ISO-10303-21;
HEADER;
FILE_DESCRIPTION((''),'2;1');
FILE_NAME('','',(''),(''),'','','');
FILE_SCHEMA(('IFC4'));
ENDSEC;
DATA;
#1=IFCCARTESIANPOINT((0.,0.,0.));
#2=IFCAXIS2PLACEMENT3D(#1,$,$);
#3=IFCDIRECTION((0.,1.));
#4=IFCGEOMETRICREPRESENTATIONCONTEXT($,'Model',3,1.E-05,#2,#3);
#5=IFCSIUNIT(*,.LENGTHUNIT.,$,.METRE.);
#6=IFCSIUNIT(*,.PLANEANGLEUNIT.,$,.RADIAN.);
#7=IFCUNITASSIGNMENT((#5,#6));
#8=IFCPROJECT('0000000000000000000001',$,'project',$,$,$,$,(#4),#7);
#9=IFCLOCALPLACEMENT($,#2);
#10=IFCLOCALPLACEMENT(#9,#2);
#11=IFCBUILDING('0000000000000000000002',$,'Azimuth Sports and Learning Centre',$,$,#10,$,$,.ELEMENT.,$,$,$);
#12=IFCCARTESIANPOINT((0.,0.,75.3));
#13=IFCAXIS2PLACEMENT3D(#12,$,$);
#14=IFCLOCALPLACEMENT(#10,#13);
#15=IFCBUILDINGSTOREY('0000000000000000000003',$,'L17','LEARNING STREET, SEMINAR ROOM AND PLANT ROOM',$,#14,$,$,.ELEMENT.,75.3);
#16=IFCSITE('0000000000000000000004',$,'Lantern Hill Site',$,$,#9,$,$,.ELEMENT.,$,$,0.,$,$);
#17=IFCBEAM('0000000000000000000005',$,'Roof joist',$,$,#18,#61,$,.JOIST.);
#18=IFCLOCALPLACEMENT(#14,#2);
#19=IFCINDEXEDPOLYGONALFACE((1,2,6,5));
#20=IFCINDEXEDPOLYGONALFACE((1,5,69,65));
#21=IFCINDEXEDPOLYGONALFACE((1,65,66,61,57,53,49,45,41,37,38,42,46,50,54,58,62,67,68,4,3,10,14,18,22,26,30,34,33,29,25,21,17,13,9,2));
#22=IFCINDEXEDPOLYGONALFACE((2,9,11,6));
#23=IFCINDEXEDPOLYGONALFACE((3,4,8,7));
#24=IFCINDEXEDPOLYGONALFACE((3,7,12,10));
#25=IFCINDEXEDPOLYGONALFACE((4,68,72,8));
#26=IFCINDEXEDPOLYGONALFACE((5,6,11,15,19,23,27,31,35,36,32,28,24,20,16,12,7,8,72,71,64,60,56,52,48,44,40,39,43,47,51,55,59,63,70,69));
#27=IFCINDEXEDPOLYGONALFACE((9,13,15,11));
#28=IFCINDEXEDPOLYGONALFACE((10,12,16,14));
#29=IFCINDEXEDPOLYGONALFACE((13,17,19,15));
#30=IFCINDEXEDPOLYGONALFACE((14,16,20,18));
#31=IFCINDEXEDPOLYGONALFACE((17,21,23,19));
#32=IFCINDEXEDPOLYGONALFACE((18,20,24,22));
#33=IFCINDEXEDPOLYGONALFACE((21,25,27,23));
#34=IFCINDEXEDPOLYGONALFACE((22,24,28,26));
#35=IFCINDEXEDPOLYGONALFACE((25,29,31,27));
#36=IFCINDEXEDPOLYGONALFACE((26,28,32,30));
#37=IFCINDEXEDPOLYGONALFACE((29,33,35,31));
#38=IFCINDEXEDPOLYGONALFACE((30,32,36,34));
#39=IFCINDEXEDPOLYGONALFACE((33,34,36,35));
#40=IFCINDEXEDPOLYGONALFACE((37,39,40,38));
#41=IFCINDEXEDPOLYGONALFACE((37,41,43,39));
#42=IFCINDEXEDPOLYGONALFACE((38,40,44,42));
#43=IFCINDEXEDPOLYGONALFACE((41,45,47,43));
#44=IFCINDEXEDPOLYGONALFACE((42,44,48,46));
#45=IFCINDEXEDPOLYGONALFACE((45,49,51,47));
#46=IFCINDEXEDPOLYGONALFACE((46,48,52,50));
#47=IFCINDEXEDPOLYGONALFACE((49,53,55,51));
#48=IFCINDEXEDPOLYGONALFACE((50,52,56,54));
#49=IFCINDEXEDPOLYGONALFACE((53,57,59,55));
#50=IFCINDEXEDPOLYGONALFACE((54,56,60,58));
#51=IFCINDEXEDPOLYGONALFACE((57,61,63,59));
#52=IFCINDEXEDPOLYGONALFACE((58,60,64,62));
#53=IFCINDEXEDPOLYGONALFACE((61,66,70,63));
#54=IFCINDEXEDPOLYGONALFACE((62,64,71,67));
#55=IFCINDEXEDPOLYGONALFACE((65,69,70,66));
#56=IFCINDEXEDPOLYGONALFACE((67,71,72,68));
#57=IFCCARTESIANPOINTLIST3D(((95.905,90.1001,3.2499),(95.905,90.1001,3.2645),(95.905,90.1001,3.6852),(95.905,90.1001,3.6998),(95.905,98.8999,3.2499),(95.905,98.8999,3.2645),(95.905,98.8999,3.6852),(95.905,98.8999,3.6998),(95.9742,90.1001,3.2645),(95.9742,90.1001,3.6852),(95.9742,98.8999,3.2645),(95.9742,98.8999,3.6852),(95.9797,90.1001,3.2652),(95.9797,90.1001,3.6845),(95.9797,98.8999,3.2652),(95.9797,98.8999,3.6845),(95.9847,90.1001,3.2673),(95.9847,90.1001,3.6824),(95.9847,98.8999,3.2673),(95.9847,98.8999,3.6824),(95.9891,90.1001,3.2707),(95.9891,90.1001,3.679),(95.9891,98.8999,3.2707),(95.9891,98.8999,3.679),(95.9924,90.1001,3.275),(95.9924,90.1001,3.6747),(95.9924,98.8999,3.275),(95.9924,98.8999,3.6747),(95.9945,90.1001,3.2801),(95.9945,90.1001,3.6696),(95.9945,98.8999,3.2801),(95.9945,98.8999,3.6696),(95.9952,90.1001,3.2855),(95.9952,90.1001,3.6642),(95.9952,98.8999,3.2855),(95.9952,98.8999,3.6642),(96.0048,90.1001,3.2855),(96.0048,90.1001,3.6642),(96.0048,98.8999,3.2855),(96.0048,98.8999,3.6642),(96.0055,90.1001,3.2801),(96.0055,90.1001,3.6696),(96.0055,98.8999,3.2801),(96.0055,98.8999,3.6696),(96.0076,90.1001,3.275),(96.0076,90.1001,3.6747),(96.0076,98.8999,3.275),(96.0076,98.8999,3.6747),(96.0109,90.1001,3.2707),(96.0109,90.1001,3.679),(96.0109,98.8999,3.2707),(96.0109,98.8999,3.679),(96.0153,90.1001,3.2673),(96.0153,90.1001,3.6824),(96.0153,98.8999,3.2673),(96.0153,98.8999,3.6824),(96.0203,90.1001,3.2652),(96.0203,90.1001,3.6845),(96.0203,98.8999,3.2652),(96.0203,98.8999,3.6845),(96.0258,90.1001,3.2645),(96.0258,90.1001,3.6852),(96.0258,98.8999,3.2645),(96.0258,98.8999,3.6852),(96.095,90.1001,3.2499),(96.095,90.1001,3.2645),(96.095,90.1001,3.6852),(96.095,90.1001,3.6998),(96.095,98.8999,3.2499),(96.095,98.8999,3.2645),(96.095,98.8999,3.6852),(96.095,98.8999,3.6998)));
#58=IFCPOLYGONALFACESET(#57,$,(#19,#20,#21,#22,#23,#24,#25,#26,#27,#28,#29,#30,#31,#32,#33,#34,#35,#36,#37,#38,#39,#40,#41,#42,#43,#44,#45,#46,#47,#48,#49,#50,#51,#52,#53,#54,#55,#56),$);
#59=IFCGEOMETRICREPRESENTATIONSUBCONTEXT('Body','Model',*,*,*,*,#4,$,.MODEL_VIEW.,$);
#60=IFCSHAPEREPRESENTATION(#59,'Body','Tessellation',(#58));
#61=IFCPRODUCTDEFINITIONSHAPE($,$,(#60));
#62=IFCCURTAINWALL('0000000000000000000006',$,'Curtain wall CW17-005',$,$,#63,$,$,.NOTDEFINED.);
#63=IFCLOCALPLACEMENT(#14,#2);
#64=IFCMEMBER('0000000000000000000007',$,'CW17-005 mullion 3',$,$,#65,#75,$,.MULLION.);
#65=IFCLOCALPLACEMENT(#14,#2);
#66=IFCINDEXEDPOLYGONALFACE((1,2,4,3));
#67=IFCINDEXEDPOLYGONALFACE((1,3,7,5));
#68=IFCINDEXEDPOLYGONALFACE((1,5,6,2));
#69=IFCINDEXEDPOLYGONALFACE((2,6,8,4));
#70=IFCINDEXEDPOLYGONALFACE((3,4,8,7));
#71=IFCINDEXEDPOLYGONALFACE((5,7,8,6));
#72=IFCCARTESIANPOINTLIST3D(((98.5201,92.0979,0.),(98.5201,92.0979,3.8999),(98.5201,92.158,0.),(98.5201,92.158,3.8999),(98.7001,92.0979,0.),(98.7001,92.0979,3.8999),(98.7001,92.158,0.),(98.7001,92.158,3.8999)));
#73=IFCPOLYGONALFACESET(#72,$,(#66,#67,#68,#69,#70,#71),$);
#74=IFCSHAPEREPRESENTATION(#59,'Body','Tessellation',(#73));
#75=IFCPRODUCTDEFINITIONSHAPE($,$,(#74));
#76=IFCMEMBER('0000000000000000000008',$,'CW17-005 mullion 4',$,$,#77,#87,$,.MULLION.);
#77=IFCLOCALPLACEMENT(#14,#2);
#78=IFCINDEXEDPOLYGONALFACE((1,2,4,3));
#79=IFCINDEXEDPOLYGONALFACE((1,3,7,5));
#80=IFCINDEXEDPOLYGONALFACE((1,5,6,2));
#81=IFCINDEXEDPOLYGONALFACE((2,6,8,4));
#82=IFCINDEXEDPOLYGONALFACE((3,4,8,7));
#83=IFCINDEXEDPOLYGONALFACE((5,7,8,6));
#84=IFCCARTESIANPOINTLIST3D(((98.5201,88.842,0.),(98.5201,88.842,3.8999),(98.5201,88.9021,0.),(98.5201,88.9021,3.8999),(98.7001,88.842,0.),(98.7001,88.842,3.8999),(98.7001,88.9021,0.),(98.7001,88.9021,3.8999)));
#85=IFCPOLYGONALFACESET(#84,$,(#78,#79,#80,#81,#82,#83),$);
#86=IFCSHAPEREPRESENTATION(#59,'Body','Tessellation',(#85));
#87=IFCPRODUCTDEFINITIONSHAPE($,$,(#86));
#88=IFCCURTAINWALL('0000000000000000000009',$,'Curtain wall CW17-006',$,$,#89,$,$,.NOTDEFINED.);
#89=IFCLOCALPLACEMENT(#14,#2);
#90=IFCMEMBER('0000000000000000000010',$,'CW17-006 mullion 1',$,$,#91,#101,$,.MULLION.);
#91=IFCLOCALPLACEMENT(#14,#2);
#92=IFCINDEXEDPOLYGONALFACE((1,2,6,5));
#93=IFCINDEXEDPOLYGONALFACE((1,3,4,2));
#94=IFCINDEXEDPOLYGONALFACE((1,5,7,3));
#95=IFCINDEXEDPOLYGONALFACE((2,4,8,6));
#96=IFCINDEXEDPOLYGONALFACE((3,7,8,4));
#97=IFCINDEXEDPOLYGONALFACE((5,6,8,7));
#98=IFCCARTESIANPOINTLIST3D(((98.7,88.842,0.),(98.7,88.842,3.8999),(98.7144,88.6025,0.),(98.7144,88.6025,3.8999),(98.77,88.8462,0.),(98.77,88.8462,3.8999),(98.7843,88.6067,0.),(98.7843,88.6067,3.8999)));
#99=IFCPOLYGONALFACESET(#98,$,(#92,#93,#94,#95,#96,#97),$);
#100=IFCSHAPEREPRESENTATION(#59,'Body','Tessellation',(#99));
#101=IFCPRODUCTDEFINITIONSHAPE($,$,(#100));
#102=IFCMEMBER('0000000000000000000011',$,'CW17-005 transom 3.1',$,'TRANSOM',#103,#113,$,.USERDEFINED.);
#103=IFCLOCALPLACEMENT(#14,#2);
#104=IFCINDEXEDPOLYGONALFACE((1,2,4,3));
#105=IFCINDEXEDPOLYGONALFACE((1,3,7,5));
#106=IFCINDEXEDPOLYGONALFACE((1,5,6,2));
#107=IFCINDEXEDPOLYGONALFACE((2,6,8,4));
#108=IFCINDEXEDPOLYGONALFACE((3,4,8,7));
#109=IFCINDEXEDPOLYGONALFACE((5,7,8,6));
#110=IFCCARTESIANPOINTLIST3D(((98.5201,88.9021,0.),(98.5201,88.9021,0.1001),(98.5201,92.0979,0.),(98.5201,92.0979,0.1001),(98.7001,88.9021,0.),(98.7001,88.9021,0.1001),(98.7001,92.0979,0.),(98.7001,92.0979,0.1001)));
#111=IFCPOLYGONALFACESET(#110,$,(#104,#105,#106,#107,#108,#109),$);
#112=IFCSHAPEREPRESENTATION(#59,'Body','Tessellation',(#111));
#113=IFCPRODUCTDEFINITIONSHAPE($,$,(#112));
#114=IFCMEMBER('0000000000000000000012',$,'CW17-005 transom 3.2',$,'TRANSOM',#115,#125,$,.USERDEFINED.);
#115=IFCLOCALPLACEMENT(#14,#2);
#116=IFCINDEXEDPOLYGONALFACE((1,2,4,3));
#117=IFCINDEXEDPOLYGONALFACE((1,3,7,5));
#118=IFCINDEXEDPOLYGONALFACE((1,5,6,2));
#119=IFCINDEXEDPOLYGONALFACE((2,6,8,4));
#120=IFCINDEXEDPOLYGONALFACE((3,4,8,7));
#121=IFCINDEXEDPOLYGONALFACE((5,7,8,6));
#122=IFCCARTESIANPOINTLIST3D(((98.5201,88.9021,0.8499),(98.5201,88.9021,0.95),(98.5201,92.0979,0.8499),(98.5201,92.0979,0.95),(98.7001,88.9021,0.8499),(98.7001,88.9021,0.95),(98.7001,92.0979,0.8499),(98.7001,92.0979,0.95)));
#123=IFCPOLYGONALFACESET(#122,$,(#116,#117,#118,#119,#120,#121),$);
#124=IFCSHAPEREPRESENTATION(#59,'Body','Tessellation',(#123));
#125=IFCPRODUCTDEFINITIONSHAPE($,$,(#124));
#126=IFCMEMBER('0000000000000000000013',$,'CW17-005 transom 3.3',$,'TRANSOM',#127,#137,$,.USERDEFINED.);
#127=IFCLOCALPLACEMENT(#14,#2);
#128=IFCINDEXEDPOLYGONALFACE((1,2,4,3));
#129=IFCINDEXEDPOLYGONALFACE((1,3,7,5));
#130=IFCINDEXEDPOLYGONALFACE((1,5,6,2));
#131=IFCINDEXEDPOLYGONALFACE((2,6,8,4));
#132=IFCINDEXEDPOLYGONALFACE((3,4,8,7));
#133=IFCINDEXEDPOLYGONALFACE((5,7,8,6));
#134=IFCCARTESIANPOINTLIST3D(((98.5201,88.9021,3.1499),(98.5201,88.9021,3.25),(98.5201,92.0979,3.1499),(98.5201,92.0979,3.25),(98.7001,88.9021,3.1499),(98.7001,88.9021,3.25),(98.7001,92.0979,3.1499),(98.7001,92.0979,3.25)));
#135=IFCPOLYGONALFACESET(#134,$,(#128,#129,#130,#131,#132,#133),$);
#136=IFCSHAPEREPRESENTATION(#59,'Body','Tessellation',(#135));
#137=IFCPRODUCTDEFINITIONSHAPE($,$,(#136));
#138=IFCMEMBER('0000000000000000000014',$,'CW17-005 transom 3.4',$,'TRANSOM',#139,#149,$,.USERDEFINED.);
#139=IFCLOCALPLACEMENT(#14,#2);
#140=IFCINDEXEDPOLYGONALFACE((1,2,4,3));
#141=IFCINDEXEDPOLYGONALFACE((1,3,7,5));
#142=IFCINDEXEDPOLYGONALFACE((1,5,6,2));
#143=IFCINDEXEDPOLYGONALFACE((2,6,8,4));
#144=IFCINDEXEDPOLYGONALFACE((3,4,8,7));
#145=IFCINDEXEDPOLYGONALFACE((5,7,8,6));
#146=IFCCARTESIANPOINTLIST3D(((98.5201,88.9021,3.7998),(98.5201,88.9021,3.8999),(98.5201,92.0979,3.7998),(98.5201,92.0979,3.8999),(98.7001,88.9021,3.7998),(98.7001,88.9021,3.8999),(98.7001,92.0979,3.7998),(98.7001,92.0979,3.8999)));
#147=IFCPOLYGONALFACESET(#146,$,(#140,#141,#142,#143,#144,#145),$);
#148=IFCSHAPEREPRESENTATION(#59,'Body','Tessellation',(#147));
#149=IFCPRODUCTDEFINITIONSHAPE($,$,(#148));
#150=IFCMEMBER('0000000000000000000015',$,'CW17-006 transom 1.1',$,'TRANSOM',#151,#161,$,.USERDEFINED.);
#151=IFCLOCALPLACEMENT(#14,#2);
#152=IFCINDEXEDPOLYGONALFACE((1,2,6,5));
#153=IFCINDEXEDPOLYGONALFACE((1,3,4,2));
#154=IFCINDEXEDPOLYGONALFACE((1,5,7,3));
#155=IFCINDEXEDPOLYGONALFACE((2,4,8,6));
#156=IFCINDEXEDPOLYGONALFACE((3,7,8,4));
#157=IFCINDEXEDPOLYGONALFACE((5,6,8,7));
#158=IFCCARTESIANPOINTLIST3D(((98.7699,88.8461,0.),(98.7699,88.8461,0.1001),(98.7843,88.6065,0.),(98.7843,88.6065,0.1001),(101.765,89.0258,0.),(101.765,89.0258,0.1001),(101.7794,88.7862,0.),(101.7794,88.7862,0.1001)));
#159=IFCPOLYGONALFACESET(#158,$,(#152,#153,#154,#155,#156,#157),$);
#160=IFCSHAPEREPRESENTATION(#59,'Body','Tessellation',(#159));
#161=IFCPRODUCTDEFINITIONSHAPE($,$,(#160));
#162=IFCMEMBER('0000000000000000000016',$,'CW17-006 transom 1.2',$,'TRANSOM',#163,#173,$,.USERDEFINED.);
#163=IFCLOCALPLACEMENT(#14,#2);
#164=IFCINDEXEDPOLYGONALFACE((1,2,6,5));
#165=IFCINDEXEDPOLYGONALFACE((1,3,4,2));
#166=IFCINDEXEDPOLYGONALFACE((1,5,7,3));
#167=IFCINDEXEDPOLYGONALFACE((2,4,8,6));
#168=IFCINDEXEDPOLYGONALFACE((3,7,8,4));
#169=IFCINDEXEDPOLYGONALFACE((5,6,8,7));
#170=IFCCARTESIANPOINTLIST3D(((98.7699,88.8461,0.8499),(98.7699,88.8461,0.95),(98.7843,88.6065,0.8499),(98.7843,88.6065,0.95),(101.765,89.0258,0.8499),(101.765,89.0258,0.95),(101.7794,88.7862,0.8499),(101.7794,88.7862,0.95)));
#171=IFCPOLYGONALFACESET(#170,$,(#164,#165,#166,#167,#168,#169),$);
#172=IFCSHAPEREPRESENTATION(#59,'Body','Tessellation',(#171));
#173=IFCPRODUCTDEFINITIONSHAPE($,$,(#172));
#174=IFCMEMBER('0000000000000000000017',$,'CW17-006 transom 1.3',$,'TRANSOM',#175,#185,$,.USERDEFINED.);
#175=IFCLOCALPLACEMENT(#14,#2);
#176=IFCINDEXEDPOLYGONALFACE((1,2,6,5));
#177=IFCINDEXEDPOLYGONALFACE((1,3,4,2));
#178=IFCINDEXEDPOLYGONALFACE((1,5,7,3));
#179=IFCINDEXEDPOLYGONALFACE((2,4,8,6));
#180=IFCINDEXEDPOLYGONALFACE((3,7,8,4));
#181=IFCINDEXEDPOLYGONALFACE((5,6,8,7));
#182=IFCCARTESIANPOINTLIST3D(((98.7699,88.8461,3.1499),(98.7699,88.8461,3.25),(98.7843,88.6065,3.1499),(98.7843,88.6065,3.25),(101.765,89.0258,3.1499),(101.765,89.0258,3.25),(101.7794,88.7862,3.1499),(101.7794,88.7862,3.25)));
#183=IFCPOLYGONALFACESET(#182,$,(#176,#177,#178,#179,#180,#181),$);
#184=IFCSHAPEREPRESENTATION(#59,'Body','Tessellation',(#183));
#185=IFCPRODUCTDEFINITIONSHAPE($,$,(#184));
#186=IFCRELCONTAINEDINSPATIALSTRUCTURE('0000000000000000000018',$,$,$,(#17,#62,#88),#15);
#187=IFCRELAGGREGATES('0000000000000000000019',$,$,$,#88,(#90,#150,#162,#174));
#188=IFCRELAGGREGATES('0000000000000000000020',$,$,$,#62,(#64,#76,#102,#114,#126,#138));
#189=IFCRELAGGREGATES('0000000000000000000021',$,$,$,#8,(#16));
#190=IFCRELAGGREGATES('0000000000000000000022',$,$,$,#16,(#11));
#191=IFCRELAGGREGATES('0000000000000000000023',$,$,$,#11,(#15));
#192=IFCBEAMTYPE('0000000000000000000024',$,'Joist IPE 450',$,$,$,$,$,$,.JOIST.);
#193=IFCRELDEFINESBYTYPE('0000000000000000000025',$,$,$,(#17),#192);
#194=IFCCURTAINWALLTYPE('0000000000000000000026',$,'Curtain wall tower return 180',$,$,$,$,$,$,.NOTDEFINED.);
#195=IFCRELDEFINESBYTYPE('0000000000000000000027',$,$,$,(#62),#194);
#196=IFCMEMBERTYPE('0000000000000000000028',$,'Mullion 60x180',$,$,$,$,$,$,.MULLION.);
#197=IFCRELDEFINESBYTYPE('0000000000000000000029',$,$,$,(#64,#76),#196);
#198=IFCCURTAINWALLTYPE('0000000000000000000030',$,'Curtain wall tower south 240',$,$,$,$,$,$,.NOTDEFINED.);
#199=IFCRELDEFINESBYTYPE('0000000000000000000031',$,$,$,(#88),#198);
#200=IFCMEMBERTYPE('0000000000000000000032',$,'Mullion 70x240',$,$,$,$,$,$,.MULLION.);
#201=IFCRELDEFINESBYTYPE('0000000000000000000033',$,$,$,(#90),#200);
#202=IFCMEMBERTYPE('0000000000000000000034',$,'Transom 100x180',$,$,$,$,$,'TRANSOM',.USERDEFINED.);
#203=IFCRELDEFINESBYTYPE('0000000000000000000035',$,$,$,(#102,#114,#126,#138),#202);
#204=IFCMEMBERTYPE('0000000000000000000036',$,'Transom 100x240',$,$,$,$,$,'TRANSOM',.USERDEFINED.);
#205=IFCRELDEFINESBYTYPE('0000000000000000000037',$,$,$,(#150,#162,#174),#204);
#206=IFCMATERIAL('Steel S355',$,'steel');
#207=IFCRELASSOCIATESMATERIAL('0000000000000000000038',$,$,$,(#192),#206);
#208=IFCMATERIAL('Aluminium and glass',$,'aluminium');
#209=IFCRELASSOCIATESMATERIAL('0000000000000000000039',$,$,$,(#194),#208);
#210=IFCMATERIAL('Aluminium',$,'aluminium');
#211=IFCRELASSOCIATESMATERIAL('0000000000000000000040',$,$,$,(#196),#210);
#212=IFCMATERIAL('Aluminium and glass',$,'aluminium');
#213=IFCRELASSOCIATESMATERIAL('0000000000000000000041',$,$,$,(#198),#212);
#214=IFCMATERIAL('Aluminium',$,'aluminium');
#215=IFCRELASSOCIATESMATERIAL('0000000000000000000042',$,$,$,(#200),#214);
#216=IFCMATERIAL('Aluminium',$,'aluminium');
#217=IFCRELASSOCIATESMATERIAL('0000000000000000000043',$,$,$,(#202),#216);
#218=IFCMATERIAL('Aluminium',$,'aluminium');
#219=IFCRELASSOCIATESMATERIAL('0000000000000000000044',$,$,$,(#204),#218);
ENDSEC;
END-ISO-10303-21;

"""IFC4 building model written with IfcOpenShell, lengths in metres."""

from ifc_helpers import new_model, si_unit, direction, frame, origin, origin_2d, place, context, subcontext, project, spatial, rectangle, i_section, extrude, material, material_profile, profile_set, type_object, element, aggregate, save


model = new_model("IFC4")

# Units and contexts
model_context = context("Model", 3, precision=1e-05, world=origin(), true_north=direction((0.0, 1.0)))
body_context = subcontext(model_context, "Body", "Model", "MODEL_VIEW")
ifc_project = project(units=[si_unit("LENGTHUNIT", "METRE"), si_unit("PLANEANGLEUNIT", "RADIAN")], contexts=[model_context])

# Site, building, storey
site_placement = place(None, origin())
site = spatial("IfcSite", under=ifc_project, at=site_placement, Name="Lantern Hill Site", CompositionType="ELEMENT", RefElevation=0.0)
building_placement = place(site_placement, origin())
building = spatial("IfcBuilding", under=site, at=building_placement, Name="Azimuth Sports and Learning Centre", CompositionType="ELEMENT")
storey_placement = place(building_placement, frame((0.0, 0.0, 75.3)))
storey = spatial("IfcBuildingStorey", under=building, at=storey_placement, Name="L17", Description="LEARNING STREET, SEMINAR ROOM AND PLANT ROOM", CompositionType="ELEMENT", Elevation=75.3)

# Beam
ifc_material_1 = material(Name="Steel S355", Category="steel")
ifc_material_profile_1 = material_profile(ifc_material_1, i_section(OverallWidth=0.1899, OverallDepth=0.45, WebThickness=0.0095, FlangeThickness=0.0146, FilletRadius=0.021, at=origin_2d()), Name="IPE 450")
ifc_profile_set_1 = profile_set([ifc_material_profile_1], Name="Steel S355")
beam_type_1 = type_object("IfcBeamType", Name="Joist IPE 450", PredefinedType="JOIST", material=ifc_profile_set_1)
beam_1_placement = place(storey_placement, frame((96.0, 90.1001, 3.4749), z_axis=(0.0, 1.0, 0.0), x_axis=(-1.0, 0.0, 0.0)))
element("IfcBeam", 1, at=beam_1_placement, inside=storey, type_object=beam_type_1, Name="Roof joist", PredefinedType="JOIST", context=body_context, shape_type="SweptSolid", body=[
    extrude(i_section(OverallWidth=0.1899, OverallDepth=0.45, WebThickness=0.0095, FlangeThickness=0.0146, FilletRadius=0.021, at=origin_2d()), origin(), (0.0, 0.0, 1.0), 8.7998),
])

# Curtain wall, members
ifc_material_2 = material(Name="Aluminium and glass", Category="aluminium")
curtain_wall_type_1 = type_object("IfcCurtainWallType", Name="Curtain wall tower return 180", PredefinedType="NOTDEFINED", material=ifc_material_2)
curtain_wall_1_placement = place(storey_placement, origin())
curtain_wall_1 = element("IfcCurtainWall", 2, at=curtain_wall_1_placement, inside=storey, type_object=curtain_wall_type_1, Name="Curtain wall CW17-005", PredefinedType="NOTDEFINED")
ifc_material_3 = material(Name="Aluminium", Category="aluminium")
ifc_material_profile_2 = material_profile(ifc_material_3, rectangle(XDim=0.1799, YDim=0.0601, at=origin_2d()), Name="Mullion 60x180")
ifc_profile_set_2 = profile_set([ifc_material_profile_2], Name="Aluminium")
member_type_1 = type_object("IfcMemberType", Name="Mullion 60x180", PredefinedType="MULLION", material=ifc_profile_set_2)
member_1_placement = place(storey_placement, frame((98.6101, 92.1279, 0.0), z_axis=(0.0, 0.0, 1.0), x_axis=(1.0, 0.0, 0.0)))
member_1 = element("IfcMember", 3, at=member_1_placement, type_object=member_type_1, Name="CW17-005 mullion 3", PredefinedType="MULLION", context=body_context, shape_type="SweptSolid", body=[
    extrude(rectangle(XDim=0.1799, YDim=0.0601, at=origin_2d()), origin(), (0.0, 0.0, 1.0), 3.8999),
])
member_2_placement = place(storey_placement, frame((98.6101, 88.8721, 0.0), z_axis=(0.0, 0.0, 1.0), x_axis=(1.0, 0.0, 0.0)))
member_2 = element("IfcMember", 4, at=member_2_placement, type_object=member_type_1, Name="CW17-005 mullion 4", PredefinedType="MULLION", context=body_context, shape_type="SweptSolid", body=[
    extrude(rectangle(XDim=0.1799, YDim=0.0601, at=origin_2d()), origin(), (0.0, 0.0, 1.0), 3.8999),
])

# Curtain wall, member
ifc_material_4 = material(Name="Aluminium and glass", Category="aluminium")
curtain_wall_type_2 = type_object("IfcCurtainWallType", Name="Curtain wall tower south 240", PredefinedType="NOTDEFINED", material=ifc_material_4)
curtain_wall_2_placement = place(storey_placement, origin())
curtain_wall_2 = element("IfcCurtainWall", 5, at=curtain_wall_2_placement, inside=storey, type_object=curtain_wall_type_2, Name="Curtain wall CW17-006", PredefinedType="NOTDEFINED")
ifc_material_5 = material(Name="Aluminium", Category="aluminium")
ifc_material_profile_3 = material_profile(ifc_material_5, rectangle(XDim=0.24, YDim=0.0701, at=origin_2d()), Name="Mullion 70x240")
ifc_profile_set_3 = profile_set([ifc_material_profile_3], Name="Aluminium")
member_type_2 = type_object("IfcMemberType", Name="Mullion 70x240", PredefinedType="MULLION", material=ifc_profile_set_3)
member_3_placement = place(storey_placement, frame((98.7422, 88.7244, 0.0), z_axis=(0.0, 0.0, 1.0), x_axis=(-0.059892, 0.998205, 0.0)))
member_3 = element("IfcMember", 6, at=member_3_placement, type_object=member_type_2, Name="CW17-006 mullion 1", PredefinedType="MULLION", context=body_context, shape_type="SweptSolid", body=[
    extrude(rectangle(XDim=0.24, YDim=0.0701, at=origin_2d()), origin(), (0.0, 0.0, 1.0), 3.8999),
])

# Members
ifc_material_6 = material(Name="Aluminium", Category="aluminium")
ifc_material_profile_4 = material_profile(ifc_material_6, rectangle(XDim=0.1799, YDim=0.1001, at=origin_2d()), Name="Transom 100x180")
ifc_profile_set_4 = profile_set([ifc_material_profile_4], Name="Aluminium")
member_type_3 = type_object("IfcMemberType", Name="Transom 100x180", ElementType="TRANSOM", PredefinedType="USERDEFINED", material=ifc_profile_set_4)
member_4_placement = place(storey_placement, frame((98.6101, 92.0979, 0.05), z_axis=(0.0, -1.0, 0.0), x_axis=(1.0, 0.0, 0.0)))
member_4 = element("IfcMember", 7, at=member_4_placement, type_object=member_type_3, Name="CW17-005 transom 3.1", ObjectType="TRANSOM", PredefinedType="USERDEFINED", context=body_context, shape_type="SweptSolid", body=[
    extrude(rectangle(XDim=0.1799, YDim=0.1001, at=origin_2d()), origin(), (0.0, 0.0, 1.0), 3.1958),
])
member_5_placement = place(storey_placement, frame((98.6101, 92.0979, 0.8999), z_axis=(0.0, -1.0, 0.0), x_axis=(1.0, 0.0, 0.0)))
member_5 = element("IfcMember", 8, at=member_5_placement, type_object=member_type_3, Name="CW17-005 transom 3.2", ObjectType="TRANSOM", PredefinedType="USERDEFINED", context=body_context, shape_type="SweptSolid", body=[
    extrude(rectangle(XDim=0.1799, YDim=0.1001, at=origin_2d()), origin(), (0.0, 0.0, 1.0), 3.1958),
])
member_6_placement = place(storey_placement, frame((98.6101, 92.0979, 3.2), z_axis=(0.0, -1.0, 0.0), x_axis=(1.0, 0.0, 0.0)))
member_6 = element("IfcMember", 9, at=member_6_placement, type_object=member_type_3, Name="CW17-005 transom 3.3", ObjectType="TRANSOM", PredefinedType="USERDEFINED", context=body_context, shape_type="SweptSolid", body=[
    extrude(rectangle(XDim=0.1799, YDim=0.1001, at=origin_2d()), origin(), (0.0, 0.0, 1.0), 3.1958),
])
member_7_placement = place(storey_placement, frame((98.6101, 92.0979, 3.8499), z_axis=(0.0, -1.0, 0.0), x_axis=(1.0, 0.0, 0.0)))
member_7 = element("IfcMember", 10, at=member_7_placement, type_object=member_type_3, Name="CW17-005 transom 3.4", ObjectType="TRANSOM", PredefinedType="USERDEFINED", context=body_context, shape_type="SweptSolid", body=[
    extrude(rectangle(XDim=0.1799, YDim=0.1001, at=origin_2d()), origin(), (0.0, 0.0, 1.0), 3.1958),
])
ifc_material_7 = material(Name="Aluminium", Category="aluminium")
ifc_material_profile_5 = material_profile(ifc_material_7, rectangle(XDim=0.24, YDim=0.1001, at=origin_2d()), Name="Transom 100x240")
ifc_profile_set_5 = profile_set([ifc_material_profile_5], Name="Aluminium")
member_type_4 = type_object("IfcMemberType", Name="Transom 100x240", ElementType="TRANSOM", PredefinedType="USERDEFINED", material=ifc_profile_set_5)
member_8_placement = place(storey_placement, frame((98.7771, 88.7263, 0.05), z_axis=(0.998205, 0.059886, 0.0), x_axis=(-0.059886, 0.998205, 0.0)))
member_8 = element("IfcMember", 11, at=member_8_placement, type_object=member_type_4, Name="CW17-006 transom 1.1", ObjectType="TRANSOM", PredefinedType="USERDEFINED", context=body_context, shape_type="SweptSolid", body=[
    extrude(rectangle(XDim=0.24, YDim=0.1001, at=origin_2d()), origin(), (0.0, 0.0, 1.0), 3.0005),
])
member_9_placement = place(storey_placement, frame((98.7771, 88.7263, 0.8999), z_axis=(0.998205, 0.059886, 0.0), x_axis=(-0.059886, 0.998205, 0.0)))
member_9 = element("IfcMember", 12, at=member_9_placement, type_object=member_type_4, Name="CW17-006 transom 1.2", ObjectType="TRANSOM", PredefinedType="USERDEFINED", context=body_context, shape_type="SweptSolid", body=[
    extrude(rectangle(XDim=0.24, YDim=0.1001, at=origin_2d()), origin(), (0.0, 0.0, 1.0), 3.0005),
])
member_10_placement = place(storey_placement, frame((98.7771, 88.7263, 3.2), z_axis=(0.998205, 0.059886, 0.0), x_axis=(-0.059886, 0.998205, 0.0)))
member_10 = element("IfcMember", 13, at=member_10_placement, type_object=member_type_4, Name="CW17-006 transom 1.3", ObjectType="TRANSOM", PredefinedType="USERDEFINED", context=body_context, shape_type="SweptSolid", body=[
    extrude(rectangle(XDim=0.24, YDim=0.1001, at=origin_2d()), origin(), (0.0, 0.0, 1.0), 3.0005),
])
aggregate(curtain_wall_2, [member_3, member_8, member_9, member_10])

aggregate(curtain_wall_1, [member_1, member_2, member_4, member_5, member_6, member_7])

save(model, "model.ifc")
